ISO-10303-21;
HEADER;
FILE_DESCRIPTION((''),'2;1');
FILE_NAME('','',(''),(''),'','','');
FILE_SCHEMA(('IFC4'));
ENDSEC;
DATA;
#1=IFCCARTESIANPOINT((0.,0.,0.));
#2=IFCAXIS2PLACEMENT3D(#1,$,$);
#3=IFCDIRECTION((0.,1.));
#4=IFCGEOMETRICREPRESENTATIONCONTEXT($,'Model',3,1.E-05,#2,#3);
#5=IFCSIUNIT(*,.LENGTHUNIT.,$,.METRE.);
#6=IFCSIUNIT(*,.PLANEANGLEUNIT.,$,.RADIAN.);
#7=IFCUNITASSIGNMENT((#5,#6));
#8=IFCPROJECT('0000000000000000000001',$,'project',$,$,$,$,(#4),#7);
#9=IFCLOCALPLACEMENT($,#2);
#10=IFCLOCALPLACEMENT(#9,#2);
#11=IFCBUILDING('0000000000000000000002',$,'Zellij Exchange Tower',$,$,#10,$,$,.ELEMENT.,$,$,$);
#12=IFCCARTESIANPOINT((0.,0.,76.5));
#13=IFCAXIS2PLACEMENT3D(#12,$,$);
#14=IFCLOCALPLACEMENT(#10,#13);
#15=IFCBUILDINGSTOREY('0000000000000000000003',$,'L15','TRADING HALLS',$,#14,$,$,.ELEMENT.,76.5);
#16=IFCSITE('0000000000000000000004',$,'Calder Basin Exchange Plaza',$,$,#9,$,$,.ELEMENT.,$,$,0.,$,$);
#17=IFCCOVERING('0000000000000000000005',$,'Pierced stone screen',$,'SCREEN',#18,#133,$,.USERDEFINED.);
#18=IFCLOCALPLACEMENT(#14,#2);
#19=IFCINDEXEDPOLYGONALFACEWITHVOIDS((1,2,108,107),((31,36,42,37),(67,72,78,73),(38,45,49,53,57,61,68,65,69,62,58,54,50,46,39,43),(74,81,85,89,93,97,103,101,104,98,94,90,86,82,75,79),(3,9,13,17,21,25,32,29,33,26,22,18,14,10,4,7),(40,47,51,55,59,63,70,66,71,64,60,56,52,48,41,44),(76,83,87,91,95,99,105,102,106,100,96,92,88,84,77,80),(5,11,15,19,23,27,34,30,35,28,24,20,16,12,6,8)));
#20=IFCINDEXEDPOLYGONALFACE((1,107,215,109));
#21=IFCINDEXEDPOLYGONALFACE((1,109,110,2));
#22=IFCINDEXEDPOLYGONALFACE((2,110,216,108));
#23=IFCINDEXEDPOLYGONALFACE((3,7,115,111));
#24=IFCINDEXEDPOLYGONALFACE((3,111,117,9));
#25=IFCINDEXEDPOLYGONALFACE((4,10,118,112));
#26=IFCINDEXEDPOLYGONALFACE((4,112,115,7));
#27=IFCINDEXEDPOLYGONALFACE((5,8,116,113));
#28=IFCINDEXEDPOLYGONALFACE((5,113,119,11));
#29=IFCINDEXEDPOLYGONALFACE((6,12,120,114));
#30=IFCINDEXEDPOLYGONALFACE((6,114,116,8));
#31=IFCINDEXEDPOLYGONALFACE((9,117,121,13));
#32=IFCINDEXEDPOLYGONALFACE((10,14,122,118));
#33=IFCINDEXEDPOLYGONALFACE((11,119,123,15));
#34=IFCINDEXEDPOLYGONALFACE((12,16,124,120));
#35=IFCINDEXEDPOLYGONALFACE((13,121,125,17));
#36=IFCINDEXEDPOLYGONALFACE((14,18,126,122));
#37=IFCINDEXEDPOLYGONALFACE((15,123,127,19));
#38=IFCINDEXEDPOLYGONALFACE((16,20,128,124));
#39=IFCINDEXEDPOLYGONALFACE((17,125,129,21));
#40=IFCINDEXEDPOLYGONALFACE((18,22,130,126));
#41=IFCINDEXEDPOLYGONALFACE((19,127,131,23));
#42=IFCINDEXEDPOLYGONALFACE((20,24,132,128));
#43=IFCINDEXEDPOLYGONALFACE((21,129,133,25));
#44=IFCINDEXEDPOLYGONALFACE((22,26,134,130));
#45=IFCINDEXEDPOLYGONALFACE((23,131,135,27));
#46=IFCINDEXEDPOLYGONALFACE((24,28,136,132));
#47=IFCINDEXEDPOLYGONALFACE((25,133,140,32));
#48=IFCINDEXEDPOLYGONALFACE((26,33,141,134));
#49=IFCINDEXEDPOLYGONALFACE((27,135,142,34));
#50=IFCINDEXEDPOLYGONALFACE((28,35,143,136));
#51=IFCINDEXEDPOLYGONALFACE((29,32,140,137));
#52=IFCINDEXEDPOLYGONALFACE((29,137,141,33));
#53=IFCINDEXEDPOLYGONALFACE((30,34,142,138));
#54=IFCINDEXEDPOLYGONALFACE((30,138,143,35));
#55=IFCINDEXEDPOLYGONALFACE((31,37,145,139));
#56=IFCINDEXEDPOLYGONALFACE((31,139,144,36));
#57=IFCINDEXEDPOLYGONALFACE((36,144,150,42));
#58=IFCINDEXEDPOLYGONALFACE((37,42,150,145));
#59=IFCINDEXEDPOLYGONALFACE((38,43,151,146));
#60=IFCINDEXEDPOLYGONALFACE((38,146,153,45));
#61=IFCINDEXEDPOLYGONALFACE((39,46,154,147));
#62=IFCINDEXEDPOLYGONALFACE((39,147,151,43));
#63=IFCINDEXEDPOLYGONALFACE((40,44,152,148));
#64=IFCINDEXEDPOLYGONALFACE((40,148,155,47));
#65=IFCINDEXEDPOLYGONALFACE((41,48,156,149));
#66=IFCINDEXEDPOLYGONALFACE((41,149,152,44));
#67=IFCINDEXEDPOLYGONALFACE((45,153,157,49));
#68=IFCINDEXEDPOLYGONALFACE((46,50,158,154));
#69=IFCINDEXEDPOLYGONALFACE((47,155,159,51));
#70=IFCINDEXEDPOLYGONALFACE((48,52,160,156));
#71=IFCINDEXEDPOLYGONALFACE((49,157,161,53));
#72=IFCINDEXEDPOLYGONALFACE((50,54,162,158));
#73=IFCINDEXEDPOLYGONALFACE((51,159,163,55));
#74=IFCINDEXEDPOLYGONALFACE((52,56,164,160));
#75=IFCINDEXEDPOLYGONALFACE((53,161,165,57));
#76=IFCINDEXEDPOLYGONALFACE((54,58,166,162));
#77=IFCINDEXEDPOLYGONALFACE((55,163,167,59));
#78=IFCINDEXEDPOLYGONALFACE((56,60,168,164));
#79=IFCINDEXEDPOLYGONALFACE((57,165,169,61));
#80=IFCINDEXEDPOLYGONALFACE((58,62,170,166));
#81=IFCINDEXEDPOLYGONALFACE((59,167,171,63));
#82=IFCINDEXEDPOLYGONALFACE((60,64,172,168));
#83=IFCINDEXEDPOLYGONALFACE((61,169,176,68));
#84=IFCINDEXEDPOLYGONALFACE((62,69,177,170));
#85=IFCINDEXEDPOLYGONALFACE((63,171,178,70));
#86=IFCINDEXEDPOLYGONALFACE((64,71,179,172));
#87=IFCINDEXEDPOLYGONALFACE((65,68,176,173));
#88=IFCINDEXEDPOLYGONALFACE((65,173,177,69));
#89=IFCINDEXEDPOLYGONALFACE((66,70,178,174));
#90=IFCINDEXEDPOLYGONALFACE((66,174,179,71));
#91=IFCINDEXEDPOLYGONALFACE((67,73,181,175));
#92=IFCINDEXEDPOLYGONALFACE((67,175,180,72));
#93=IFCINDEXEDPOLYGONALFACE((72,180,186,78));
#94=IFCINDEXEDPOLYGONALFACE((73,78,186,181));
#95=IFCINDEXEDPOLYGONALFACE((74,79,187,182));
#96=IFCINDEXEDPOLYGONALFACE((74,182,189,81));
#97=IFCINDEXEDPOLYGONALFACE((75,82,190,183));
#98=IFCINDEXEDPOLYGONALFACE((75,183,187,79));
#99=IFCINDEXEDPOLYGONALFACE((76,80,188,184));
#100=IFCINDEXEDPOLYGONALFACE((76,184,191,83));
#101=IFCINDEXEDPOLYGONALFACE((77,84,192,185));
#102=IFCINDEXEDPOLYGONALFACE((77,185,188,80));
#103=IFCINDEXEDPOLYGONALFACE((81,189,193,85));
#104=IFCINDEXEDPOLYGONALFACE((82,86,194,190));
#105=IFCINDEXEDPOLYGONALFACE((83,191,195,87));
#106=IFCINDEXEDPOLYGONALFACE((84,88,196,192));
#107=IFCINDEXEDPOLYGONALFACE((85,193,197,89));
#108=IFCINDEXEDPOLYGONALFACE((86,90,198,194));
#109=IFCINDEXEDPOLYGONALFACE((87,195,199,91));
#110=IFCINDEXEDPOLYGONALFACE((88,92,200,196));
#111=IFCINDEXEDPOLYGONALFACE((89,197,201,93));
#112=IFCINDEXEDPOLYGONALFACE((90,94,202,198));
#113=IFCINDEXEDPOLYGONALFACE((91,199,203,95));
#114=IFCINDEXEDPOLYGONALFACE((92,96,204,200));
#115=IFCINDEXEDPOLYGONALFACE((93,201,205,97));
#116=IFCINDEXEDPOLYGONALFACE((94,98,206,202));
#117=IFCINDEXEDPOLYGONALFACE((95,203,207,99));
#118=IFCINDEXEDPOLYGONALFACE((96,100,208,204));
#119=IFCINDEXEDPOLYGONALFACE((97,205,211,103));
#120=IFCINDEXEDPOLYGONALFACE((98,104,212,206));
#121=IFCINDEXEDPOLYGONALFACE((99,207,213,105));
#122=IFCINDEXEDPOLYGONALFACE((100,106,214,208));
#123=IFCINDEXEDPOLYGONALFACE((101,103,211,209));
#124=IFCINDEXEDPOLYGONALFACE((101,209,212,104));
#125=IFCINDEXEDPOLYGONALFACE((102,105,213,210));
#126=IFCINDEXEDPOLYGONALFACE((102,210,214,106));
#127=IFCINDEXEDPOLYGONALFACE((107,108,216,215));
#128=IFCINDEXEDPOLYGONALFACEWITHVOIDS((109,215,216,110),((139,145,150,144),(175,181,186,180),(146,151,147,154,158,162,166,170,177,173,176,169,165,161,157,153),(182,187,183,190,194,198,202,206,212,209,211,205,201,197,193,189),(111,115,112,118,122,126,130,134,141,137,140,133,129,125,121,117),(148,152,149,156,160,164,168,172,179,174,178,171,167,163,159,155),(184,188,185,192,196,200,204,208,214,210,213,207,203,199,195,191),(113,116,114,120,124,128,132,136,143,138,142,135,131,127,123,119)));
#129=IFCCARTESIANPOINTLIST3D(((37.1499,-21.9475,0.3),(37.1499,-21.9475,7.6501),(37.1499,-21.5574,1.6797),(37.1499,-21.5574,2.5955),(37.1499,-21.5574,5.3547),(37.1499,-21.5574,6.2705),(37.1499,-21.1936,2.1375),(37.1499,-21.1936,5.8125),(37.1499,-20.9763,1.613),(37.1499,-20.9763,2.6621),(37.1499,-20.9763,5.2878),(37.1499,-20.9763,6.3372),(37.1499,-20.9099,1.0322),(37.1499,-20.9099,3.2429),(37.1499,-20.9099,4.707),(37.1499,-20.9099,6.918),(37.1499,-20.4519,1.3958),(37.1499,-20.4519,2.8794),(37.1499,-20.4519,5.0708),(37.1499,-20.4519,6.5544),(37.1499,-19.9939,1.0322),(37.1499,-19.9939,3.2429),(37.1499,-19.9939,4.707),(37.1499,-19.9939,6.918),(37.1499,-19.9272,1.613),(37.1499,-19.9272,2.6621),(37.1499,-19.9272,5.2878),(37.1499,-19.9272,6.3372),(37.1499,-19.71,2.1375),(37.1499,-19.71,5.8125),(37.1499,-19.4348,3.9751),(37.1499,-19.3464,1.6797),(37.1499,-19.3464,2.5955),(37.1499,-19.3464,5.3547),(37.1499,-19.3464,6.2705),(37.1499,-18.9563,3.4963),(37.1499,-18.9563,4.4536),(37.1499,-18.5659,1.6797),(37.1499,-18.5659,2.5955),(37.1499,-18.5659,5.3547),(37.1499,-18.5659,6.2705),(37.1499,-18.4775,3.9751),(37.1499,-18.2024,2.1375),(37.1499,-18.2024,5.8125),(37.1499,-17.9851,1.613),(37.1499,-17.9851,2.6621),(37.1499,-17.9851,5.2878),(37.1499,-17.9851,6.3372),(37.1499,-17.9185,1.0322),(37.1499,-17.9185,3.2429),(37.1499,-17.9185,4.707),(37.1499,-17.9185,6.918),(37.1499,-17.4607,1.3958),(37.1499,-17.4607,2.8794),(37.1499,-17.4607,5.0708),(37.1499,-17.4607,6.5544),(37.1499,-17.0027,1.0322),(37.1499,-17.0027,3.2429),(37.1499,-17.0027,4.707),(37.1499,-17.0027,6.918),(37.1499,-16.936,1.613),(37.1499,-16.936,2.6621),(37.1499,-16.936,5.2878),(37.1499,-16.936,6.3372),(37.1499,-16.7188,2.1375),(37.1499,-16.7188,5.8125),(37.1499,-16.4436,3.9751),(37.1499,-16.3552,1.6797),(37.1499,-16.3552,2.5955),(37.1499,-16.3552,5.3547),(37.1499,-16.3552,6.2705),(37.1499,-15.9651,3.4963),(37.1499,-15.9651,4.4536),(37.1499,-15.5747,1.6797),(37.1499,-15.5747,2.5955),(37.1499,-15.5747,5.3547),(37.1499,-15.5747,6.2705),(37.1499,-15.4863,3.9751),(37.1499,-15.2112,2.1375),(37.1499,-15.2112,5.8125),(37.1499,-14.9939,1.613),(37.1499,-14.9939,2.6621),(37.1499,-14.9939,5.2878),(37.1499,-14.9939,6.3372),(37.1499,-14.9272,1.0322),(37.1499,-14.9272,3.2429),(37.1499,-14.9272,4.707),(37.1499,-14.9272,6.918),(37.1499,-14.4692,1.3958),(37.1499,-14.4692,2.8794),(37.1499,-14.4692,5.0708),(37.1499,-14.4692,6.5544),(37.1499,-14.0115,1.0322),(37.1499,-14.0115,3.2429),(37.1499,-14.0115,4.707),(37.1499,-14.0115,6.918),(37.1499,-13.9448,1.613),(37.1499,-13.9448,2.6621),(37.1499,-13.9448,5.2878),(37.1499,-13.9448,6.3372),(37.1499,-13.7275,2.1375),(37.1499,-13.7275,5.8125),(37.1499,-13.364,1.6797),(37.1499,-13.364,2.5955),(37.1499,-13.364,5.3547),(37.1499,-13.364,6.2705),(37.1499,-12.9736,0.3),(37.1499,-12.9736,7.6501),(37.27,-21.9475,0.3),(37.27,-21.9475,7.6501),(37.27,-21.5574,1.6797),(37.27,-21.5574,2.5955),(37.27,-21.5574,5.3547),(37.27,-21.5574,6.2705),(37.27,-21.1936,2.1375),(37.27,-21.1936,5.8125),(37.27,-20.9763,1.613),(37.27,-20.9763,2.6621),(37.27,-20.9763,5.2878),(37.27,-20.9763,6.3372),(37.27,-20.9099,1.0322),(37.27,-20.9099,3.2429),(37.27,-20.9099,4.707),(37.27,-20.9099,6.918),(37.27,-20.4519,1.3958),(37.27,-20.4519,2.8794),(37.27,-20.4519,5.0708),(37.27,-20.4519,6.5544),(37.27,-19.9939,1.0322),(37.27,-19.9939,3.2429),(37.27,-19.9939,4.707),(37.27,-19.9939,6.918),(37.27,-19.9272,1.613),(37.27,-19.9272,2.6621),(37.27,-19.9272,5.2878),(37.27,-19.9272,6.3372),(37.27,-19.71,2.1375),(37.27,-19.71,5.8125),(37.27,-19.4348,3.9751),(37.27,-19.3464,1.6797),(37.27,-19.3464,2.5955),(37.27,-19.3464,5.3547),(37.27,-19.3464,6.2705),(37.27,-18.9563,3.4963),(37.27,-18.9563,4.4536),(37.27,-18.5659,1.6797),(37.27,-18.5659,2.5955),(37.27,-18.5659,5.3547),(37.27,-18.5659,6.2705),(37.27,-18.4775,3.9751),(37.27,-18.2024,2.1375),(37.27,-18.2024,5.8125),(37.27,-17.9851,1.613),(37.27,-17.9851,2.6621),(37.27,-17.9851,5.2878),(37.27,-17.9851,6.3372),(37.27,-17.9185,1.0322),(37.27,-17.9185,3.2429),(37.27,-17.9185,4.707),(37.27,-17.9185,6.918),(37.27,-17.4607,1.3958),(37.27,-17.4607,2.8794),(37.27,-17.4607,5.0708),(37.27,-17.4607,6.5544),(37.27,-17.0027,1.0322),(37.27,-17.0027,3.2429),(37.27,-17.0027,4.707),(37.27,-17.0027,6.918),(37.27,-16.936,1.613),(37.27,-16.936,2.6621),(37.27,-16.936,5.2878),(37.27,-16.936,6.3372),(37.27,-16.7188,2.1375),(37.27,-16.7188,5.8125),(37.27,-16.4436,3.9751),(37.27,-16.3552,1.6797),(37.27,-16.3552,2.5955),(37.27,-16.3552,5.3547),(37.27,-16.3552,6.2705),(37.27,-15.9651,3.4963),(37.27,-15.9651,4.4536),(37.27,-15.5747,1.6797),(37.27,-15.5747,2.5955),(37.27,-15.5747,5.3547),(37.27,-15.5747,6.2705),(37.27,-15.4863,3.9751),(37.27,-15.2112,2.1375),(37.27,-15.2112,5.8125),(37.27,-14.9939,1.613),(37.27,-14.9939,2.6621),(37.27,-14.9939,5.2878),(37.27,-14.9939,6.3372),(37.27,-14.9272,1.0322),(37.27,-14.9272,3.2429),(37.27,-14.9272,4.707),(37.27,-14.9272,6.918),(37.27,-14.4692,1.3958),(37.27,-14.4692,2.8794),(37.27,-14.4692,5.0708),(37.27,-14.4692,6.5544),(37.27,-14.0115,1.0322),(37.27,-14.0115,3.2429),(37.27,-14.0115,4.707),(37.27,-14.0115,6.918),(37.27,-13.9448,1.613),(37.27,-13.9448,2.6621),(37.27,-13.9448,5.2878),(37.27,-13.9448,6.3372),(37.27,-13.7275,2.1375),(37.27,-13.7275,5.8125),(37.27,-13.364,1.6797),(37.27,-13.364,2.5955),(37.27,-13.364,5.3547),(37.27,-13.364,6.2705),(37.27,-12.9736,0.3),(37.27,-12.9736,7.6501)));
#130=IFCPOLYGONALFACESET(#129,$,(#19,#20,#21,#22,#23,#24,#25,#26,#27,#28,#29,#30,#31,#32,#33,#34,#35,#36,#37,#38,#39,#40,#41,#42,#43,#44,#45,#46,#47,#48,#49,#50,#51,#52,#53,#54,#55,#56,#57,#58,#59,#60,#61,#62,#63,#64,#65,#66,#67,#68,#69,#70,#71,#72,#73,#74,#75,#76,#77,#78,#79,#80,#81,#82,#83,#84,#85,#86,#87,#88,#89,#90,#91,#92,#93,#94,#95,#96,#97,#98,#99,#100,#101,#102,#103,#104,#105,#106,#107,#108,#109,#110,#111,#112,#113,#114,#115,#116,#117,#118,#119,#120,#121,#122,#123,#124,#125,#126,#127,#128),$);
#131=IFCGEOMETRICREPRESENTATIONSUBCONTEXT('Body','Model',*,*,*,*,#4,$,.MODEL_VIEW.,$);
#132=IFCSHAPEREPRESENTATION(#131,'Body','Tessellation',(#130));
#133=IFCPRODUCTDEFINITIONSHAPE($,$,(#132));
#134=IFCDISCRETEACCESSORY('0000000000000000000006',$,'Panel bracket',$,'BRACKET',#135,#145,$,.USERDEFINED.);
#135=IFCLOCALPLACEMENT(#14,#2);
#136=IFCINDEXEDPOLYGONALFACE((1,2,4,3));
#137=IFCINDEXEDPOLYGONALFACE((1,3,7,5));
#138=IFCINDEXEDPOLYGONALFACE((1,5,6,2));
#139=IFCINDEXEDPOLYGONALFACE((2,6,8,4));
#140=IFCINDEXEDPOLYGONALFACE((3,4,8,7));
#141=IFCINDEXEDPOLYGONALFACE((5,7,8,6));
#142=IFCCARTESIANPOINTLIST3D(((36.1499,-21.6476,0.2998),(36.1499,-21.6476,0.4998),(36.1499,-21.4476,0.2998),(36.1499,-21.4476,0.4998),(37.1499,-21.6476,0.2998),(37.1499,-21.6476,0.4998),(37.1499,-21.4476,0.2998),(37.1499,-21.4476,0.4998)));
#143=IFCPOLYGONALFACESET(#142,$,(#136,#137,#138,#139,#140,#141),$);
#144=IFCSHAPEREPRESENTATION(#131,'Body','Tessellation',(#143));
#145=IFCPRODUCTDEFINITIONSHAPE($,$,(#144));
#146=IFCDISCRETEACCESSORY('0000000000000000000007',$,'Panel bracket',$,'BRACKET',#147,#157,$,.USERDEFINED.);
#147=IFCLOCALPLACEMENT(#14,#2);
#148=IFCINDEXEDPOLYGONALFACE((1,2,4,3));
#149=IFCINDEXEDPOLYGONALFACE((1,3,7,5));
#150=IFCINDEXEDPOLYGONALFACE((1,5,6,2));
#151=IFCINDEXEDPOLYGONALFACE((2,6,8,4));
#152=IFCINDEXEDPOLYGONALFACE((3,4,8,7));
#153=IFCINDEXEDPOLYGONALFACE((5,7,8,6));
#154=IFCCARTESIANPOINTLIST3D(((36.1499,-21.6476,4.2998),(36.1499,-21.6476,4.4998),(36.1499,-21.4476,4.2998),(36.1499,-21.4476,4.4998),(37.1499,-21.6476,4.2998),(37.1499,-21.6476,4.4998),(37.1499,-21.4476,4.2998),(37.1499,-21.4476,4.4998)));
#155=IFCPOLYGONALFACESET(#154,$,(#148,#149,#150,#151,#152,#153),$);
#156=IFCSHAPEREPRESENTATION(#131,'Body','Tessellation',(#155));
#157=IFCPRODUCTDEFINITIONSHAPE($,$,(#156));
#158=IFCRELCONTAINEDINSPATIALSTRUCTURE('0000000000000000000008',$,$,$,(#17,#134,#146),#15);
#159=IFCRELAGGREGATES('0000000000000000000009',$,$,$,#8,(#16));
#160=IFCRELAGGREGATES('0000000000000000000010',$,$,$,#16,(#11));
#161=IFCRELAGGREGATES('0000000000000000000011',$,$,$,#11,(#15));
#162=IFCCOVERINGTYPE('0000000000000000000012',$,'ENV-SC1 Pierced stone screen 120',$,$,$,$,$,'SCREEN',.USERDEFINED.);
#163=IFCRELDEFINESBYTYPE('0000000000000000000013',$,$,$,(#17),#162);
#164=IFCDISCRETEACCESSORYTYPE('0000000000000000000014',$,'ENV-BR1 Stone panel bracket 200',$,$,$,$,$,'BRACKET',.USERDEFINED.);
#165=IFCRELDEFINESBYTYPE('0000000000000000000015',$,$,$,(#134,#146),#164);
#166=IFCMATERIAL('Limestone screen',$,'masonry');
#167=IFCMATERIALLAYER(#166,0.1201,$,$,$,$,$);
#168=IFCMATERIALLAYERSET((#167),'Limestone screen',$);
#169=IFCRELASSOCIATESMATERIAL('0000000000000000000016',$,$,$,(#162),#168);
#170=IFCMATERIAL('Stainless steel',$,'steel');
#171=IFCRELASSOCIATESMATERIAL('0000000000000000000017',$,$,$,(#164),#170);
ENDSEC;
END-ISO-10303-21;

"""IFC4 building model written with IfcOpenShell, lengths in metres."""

from ifc_helpers import new_model, si_unit, direction, frame, origin, origin_2d, place, context, subcontext, project, spatial, polyline, rectangle, outline, extrude, material, layer, layer_set, type_object, element, save


model = new_model("IFC4")

# Units and contexts
model_context = context("Model", 3, precision=1e-05, world=origin(), true_north=direction((0.0, 1.0)))
body_context = subcontext(model_context, "Body", "Model", "MODEL_VIEW")
ifc_project = project(units=[si_unit("LENGTHUNIT", "METRE"), si_unit("PLANEANGLEUNIT", "RADIAN")], contexts=[model_context])

# Site, building, storey
site_placement = place(None, origin())
site = spatial("IfcSite", under=ifc_project, at=site_placement, Name="Calder Basin Exchange Plaza", CompositionType="ELEMENT", RefElevation=0.0)
building_placement = place(site_placement, origin())
building = spatial("IfcBuilding", under=site, at=building_placement, Name="Zellij Exchange Tower", CompositionType="ELEMENT")
storey_placement = place(building_placement, frame((0.0, 0.0, 76.5)))
storey = spatial("IfcBuildingStorey", under=building, at=storey_placement, Name="L15", Description="TRADING HALLS", CompositionType="ELEMENT", Elevation=76.5)

# Covering
ifc_material_1 = material(Name="Limestone screen", Category="masonry")
ifc_layer_1 = layer(ifc_material_1, 0.1201)
ifc_layer_set_1 = layer_set([ifc_layer_1], Name="Limestone screen")
covering_type = type_object("IfcCoveringType", Name="ENV-SC1 Pierced stone screen 120", ElementType="SCREEN", PredefinedType="USERDEFINED", material=ifc_layer_set_1)
covering_placement = place(storey_placement, frame((37.21, -21.9475, 0.3), z_axis=(0.0, 0.0, 1.0), x_axis=(0.0, 1.0, 0.0)))
element("IfcCovering", 1, at=covering_placement, inside=storey, type_object=covering_type, Name="Pierced stone screen", ObjectType="SCREEN", PredefinedType="USERDEFINED", context=body_context, shape_type="SweptSolid", body=[
    extrude(outline(polyline([(0.0, 0.0), (8.9739, 0.0), (8.9739, 7.3501), (0.0, 7.3501), (0.0, 0.0)]), holes=[polyline([(2.6011, 2.2954), (2.0203, 2.3621), (1.9536, 2.9429), (1.4956, 2.5793), (1.0376, 2.9429), (0.9712, 2.3621), (0.3901, 2.2954), (0.7539, 1.8374), (0.3901, 1.3796), (0.9712, 1.313), (1.0376, 0.7322), (1.4956, 1.0957), (1.9536, 0.7322), (2.0203, 1.313), (2.6011, 1.3796), (2.2375, 1.8374), (2.6011, 2.2954)]), polyline([(2.6011, 5.9705), (2.0203, 6.0371), (1.9536, 6.6179), (1.4956, 6.2544), (1.0376, 6.6179), (0.9712, 6.0371), (0.3901, 5.9705), (0.7539, 5.5125), (0.3901, 5.0547), (0.9712, 4.9878), (1.0376, 4.407), (1.4956, 4.7708), (1.9536, 4.407), (2.0203, 4.9878), (2.6011, 5.0547), (2.2375, 5.5125), (2.6011, 5.9705)]), polyline([(5.5923, 2.2954), (5.0115, 2.3621), (4.9448, 2.9429), (4.4868, 2.5793), (4.0291, 2.9429), (3.9624, 2.3621), (3.3816, 2.2954), (3.7451, 1.8374), (3.3816, 1.3796), (3.9624, 1.313), (4.0291, 0.7322), (4.4868, 1.0957), (4.9448, 0.7322), (5.0115, 1.313), (5.5923, 1.3796), (5.2288, 1.8374), (5.5923, 2.2954)]), polyline([(5.5923, 5.9705), (5.0115, 6.0371), (4.9448, 6.6179), (4.4868, 6.2544), (4.0291, 6.6179), (3.9624, 6.0371), (3.3816, 5.9705), (3.7451, 5.5125), (3.3816, 5.0547), (3.9624, 4.9878), (4.0291, 4.407), (4.4868, 4.7708), (4.9448, 4.407), (5.0115, 4.9878), (5.5923, 5.0547), (5.2288, 5.5125), (5.5923, 5.9705)]), polyline([(8.5835, 2.2954), (8.0027, 2.3621), (7.936, 2.9429), (7.4783, 2.5793), (7.0203, 2.9429), (6.9536, 2.3621), (6.3728, 2.2954), (6.7363, 1.8374), (6.3728, 1.3796), (6.9536, 1.313), (7.0203, 0.7322), (7.4783, 1.0957), (7.936, 0.7322), (8.0027, 1.313), (8.5835, 1.3796), (8.22, 1.8374), (8.5835, 2.2954)]), polyline([(8.5835, 5.9705), (8.0027, 6.0371), (7.936, 6.6179), (7.4783, 6.2544), (7.0203, 6.6179), (6.9536, 6.0371), (6.3728, 5.9705), (6.7363, 5.5125), (6.3728, 5.0547), (6.9536, 4.9878), (7.0203, 4.407), (7.4783, 4.7708), (7.936, 4.407), (8.0027, 4.9878), (8.5835, 5.0547), (8.22, 5.5125), (8.5835, 5.9705)]), polyline([(3.47, 3.675), (2.9912, 4.1536), (2.5127, 3.675), (2.9912, 3.1963), (3.47, 3.675)]), polyline([(6.4612, 3.675), (5.9824, 4.1536), (5.5039, 3.675), (5.9824, 3.1963), (6.4612, 3.675)])]), frame((0.0, 0.0601, 0.0), z_axis=(0.0, -1.0, 0.0), x_axis=(1.0, 0.0, 0.0)), (0.0, 0.0, 1.0), 0.1201),
])

# Discrete accessories
ifc_material_2 = material(Name="Stainless steel", Category="steel")
discrete_accessory_type = type_object("IfcDiscreteAccessoryType", Name="ENV-BR1 Stone panel bracket 200", ElementType="BRACKET", PredefinedType="USERDEFINED", material=ifc_material_2)
for number, where, z_axis, x_axis, name in (
    (2, (36.6499, -21.5476, 0.2998), (0.0, 0.0, 1.0), (0.0, 1.0, 0.0), "Panel bracket"),
    (3, (36.6499, -21.5476, 4.2998), (0.0, 0.0, 1.0), (0.0, 1.0, 0.0), "Panel bracket"),
):
    element("IfcDiscreteAccessory", number, at=place(storey_placement, frame(where, z_axis=z_axis, x_axis=x_axis)), inside=storey, type_object=discrete_accessory_type, Name=name, ObjectType="BRACKET", PredefinedType="USERDEFINED", context=body_context, shape_type="SweptSolid", body=[
        extrude(rectangle(XDim=0.2, YDim=1.0, at=origin_2d()), origin(), (0.0, 0.0, 1.0), 0.2),
    ])

save(model, "model.ifc")
